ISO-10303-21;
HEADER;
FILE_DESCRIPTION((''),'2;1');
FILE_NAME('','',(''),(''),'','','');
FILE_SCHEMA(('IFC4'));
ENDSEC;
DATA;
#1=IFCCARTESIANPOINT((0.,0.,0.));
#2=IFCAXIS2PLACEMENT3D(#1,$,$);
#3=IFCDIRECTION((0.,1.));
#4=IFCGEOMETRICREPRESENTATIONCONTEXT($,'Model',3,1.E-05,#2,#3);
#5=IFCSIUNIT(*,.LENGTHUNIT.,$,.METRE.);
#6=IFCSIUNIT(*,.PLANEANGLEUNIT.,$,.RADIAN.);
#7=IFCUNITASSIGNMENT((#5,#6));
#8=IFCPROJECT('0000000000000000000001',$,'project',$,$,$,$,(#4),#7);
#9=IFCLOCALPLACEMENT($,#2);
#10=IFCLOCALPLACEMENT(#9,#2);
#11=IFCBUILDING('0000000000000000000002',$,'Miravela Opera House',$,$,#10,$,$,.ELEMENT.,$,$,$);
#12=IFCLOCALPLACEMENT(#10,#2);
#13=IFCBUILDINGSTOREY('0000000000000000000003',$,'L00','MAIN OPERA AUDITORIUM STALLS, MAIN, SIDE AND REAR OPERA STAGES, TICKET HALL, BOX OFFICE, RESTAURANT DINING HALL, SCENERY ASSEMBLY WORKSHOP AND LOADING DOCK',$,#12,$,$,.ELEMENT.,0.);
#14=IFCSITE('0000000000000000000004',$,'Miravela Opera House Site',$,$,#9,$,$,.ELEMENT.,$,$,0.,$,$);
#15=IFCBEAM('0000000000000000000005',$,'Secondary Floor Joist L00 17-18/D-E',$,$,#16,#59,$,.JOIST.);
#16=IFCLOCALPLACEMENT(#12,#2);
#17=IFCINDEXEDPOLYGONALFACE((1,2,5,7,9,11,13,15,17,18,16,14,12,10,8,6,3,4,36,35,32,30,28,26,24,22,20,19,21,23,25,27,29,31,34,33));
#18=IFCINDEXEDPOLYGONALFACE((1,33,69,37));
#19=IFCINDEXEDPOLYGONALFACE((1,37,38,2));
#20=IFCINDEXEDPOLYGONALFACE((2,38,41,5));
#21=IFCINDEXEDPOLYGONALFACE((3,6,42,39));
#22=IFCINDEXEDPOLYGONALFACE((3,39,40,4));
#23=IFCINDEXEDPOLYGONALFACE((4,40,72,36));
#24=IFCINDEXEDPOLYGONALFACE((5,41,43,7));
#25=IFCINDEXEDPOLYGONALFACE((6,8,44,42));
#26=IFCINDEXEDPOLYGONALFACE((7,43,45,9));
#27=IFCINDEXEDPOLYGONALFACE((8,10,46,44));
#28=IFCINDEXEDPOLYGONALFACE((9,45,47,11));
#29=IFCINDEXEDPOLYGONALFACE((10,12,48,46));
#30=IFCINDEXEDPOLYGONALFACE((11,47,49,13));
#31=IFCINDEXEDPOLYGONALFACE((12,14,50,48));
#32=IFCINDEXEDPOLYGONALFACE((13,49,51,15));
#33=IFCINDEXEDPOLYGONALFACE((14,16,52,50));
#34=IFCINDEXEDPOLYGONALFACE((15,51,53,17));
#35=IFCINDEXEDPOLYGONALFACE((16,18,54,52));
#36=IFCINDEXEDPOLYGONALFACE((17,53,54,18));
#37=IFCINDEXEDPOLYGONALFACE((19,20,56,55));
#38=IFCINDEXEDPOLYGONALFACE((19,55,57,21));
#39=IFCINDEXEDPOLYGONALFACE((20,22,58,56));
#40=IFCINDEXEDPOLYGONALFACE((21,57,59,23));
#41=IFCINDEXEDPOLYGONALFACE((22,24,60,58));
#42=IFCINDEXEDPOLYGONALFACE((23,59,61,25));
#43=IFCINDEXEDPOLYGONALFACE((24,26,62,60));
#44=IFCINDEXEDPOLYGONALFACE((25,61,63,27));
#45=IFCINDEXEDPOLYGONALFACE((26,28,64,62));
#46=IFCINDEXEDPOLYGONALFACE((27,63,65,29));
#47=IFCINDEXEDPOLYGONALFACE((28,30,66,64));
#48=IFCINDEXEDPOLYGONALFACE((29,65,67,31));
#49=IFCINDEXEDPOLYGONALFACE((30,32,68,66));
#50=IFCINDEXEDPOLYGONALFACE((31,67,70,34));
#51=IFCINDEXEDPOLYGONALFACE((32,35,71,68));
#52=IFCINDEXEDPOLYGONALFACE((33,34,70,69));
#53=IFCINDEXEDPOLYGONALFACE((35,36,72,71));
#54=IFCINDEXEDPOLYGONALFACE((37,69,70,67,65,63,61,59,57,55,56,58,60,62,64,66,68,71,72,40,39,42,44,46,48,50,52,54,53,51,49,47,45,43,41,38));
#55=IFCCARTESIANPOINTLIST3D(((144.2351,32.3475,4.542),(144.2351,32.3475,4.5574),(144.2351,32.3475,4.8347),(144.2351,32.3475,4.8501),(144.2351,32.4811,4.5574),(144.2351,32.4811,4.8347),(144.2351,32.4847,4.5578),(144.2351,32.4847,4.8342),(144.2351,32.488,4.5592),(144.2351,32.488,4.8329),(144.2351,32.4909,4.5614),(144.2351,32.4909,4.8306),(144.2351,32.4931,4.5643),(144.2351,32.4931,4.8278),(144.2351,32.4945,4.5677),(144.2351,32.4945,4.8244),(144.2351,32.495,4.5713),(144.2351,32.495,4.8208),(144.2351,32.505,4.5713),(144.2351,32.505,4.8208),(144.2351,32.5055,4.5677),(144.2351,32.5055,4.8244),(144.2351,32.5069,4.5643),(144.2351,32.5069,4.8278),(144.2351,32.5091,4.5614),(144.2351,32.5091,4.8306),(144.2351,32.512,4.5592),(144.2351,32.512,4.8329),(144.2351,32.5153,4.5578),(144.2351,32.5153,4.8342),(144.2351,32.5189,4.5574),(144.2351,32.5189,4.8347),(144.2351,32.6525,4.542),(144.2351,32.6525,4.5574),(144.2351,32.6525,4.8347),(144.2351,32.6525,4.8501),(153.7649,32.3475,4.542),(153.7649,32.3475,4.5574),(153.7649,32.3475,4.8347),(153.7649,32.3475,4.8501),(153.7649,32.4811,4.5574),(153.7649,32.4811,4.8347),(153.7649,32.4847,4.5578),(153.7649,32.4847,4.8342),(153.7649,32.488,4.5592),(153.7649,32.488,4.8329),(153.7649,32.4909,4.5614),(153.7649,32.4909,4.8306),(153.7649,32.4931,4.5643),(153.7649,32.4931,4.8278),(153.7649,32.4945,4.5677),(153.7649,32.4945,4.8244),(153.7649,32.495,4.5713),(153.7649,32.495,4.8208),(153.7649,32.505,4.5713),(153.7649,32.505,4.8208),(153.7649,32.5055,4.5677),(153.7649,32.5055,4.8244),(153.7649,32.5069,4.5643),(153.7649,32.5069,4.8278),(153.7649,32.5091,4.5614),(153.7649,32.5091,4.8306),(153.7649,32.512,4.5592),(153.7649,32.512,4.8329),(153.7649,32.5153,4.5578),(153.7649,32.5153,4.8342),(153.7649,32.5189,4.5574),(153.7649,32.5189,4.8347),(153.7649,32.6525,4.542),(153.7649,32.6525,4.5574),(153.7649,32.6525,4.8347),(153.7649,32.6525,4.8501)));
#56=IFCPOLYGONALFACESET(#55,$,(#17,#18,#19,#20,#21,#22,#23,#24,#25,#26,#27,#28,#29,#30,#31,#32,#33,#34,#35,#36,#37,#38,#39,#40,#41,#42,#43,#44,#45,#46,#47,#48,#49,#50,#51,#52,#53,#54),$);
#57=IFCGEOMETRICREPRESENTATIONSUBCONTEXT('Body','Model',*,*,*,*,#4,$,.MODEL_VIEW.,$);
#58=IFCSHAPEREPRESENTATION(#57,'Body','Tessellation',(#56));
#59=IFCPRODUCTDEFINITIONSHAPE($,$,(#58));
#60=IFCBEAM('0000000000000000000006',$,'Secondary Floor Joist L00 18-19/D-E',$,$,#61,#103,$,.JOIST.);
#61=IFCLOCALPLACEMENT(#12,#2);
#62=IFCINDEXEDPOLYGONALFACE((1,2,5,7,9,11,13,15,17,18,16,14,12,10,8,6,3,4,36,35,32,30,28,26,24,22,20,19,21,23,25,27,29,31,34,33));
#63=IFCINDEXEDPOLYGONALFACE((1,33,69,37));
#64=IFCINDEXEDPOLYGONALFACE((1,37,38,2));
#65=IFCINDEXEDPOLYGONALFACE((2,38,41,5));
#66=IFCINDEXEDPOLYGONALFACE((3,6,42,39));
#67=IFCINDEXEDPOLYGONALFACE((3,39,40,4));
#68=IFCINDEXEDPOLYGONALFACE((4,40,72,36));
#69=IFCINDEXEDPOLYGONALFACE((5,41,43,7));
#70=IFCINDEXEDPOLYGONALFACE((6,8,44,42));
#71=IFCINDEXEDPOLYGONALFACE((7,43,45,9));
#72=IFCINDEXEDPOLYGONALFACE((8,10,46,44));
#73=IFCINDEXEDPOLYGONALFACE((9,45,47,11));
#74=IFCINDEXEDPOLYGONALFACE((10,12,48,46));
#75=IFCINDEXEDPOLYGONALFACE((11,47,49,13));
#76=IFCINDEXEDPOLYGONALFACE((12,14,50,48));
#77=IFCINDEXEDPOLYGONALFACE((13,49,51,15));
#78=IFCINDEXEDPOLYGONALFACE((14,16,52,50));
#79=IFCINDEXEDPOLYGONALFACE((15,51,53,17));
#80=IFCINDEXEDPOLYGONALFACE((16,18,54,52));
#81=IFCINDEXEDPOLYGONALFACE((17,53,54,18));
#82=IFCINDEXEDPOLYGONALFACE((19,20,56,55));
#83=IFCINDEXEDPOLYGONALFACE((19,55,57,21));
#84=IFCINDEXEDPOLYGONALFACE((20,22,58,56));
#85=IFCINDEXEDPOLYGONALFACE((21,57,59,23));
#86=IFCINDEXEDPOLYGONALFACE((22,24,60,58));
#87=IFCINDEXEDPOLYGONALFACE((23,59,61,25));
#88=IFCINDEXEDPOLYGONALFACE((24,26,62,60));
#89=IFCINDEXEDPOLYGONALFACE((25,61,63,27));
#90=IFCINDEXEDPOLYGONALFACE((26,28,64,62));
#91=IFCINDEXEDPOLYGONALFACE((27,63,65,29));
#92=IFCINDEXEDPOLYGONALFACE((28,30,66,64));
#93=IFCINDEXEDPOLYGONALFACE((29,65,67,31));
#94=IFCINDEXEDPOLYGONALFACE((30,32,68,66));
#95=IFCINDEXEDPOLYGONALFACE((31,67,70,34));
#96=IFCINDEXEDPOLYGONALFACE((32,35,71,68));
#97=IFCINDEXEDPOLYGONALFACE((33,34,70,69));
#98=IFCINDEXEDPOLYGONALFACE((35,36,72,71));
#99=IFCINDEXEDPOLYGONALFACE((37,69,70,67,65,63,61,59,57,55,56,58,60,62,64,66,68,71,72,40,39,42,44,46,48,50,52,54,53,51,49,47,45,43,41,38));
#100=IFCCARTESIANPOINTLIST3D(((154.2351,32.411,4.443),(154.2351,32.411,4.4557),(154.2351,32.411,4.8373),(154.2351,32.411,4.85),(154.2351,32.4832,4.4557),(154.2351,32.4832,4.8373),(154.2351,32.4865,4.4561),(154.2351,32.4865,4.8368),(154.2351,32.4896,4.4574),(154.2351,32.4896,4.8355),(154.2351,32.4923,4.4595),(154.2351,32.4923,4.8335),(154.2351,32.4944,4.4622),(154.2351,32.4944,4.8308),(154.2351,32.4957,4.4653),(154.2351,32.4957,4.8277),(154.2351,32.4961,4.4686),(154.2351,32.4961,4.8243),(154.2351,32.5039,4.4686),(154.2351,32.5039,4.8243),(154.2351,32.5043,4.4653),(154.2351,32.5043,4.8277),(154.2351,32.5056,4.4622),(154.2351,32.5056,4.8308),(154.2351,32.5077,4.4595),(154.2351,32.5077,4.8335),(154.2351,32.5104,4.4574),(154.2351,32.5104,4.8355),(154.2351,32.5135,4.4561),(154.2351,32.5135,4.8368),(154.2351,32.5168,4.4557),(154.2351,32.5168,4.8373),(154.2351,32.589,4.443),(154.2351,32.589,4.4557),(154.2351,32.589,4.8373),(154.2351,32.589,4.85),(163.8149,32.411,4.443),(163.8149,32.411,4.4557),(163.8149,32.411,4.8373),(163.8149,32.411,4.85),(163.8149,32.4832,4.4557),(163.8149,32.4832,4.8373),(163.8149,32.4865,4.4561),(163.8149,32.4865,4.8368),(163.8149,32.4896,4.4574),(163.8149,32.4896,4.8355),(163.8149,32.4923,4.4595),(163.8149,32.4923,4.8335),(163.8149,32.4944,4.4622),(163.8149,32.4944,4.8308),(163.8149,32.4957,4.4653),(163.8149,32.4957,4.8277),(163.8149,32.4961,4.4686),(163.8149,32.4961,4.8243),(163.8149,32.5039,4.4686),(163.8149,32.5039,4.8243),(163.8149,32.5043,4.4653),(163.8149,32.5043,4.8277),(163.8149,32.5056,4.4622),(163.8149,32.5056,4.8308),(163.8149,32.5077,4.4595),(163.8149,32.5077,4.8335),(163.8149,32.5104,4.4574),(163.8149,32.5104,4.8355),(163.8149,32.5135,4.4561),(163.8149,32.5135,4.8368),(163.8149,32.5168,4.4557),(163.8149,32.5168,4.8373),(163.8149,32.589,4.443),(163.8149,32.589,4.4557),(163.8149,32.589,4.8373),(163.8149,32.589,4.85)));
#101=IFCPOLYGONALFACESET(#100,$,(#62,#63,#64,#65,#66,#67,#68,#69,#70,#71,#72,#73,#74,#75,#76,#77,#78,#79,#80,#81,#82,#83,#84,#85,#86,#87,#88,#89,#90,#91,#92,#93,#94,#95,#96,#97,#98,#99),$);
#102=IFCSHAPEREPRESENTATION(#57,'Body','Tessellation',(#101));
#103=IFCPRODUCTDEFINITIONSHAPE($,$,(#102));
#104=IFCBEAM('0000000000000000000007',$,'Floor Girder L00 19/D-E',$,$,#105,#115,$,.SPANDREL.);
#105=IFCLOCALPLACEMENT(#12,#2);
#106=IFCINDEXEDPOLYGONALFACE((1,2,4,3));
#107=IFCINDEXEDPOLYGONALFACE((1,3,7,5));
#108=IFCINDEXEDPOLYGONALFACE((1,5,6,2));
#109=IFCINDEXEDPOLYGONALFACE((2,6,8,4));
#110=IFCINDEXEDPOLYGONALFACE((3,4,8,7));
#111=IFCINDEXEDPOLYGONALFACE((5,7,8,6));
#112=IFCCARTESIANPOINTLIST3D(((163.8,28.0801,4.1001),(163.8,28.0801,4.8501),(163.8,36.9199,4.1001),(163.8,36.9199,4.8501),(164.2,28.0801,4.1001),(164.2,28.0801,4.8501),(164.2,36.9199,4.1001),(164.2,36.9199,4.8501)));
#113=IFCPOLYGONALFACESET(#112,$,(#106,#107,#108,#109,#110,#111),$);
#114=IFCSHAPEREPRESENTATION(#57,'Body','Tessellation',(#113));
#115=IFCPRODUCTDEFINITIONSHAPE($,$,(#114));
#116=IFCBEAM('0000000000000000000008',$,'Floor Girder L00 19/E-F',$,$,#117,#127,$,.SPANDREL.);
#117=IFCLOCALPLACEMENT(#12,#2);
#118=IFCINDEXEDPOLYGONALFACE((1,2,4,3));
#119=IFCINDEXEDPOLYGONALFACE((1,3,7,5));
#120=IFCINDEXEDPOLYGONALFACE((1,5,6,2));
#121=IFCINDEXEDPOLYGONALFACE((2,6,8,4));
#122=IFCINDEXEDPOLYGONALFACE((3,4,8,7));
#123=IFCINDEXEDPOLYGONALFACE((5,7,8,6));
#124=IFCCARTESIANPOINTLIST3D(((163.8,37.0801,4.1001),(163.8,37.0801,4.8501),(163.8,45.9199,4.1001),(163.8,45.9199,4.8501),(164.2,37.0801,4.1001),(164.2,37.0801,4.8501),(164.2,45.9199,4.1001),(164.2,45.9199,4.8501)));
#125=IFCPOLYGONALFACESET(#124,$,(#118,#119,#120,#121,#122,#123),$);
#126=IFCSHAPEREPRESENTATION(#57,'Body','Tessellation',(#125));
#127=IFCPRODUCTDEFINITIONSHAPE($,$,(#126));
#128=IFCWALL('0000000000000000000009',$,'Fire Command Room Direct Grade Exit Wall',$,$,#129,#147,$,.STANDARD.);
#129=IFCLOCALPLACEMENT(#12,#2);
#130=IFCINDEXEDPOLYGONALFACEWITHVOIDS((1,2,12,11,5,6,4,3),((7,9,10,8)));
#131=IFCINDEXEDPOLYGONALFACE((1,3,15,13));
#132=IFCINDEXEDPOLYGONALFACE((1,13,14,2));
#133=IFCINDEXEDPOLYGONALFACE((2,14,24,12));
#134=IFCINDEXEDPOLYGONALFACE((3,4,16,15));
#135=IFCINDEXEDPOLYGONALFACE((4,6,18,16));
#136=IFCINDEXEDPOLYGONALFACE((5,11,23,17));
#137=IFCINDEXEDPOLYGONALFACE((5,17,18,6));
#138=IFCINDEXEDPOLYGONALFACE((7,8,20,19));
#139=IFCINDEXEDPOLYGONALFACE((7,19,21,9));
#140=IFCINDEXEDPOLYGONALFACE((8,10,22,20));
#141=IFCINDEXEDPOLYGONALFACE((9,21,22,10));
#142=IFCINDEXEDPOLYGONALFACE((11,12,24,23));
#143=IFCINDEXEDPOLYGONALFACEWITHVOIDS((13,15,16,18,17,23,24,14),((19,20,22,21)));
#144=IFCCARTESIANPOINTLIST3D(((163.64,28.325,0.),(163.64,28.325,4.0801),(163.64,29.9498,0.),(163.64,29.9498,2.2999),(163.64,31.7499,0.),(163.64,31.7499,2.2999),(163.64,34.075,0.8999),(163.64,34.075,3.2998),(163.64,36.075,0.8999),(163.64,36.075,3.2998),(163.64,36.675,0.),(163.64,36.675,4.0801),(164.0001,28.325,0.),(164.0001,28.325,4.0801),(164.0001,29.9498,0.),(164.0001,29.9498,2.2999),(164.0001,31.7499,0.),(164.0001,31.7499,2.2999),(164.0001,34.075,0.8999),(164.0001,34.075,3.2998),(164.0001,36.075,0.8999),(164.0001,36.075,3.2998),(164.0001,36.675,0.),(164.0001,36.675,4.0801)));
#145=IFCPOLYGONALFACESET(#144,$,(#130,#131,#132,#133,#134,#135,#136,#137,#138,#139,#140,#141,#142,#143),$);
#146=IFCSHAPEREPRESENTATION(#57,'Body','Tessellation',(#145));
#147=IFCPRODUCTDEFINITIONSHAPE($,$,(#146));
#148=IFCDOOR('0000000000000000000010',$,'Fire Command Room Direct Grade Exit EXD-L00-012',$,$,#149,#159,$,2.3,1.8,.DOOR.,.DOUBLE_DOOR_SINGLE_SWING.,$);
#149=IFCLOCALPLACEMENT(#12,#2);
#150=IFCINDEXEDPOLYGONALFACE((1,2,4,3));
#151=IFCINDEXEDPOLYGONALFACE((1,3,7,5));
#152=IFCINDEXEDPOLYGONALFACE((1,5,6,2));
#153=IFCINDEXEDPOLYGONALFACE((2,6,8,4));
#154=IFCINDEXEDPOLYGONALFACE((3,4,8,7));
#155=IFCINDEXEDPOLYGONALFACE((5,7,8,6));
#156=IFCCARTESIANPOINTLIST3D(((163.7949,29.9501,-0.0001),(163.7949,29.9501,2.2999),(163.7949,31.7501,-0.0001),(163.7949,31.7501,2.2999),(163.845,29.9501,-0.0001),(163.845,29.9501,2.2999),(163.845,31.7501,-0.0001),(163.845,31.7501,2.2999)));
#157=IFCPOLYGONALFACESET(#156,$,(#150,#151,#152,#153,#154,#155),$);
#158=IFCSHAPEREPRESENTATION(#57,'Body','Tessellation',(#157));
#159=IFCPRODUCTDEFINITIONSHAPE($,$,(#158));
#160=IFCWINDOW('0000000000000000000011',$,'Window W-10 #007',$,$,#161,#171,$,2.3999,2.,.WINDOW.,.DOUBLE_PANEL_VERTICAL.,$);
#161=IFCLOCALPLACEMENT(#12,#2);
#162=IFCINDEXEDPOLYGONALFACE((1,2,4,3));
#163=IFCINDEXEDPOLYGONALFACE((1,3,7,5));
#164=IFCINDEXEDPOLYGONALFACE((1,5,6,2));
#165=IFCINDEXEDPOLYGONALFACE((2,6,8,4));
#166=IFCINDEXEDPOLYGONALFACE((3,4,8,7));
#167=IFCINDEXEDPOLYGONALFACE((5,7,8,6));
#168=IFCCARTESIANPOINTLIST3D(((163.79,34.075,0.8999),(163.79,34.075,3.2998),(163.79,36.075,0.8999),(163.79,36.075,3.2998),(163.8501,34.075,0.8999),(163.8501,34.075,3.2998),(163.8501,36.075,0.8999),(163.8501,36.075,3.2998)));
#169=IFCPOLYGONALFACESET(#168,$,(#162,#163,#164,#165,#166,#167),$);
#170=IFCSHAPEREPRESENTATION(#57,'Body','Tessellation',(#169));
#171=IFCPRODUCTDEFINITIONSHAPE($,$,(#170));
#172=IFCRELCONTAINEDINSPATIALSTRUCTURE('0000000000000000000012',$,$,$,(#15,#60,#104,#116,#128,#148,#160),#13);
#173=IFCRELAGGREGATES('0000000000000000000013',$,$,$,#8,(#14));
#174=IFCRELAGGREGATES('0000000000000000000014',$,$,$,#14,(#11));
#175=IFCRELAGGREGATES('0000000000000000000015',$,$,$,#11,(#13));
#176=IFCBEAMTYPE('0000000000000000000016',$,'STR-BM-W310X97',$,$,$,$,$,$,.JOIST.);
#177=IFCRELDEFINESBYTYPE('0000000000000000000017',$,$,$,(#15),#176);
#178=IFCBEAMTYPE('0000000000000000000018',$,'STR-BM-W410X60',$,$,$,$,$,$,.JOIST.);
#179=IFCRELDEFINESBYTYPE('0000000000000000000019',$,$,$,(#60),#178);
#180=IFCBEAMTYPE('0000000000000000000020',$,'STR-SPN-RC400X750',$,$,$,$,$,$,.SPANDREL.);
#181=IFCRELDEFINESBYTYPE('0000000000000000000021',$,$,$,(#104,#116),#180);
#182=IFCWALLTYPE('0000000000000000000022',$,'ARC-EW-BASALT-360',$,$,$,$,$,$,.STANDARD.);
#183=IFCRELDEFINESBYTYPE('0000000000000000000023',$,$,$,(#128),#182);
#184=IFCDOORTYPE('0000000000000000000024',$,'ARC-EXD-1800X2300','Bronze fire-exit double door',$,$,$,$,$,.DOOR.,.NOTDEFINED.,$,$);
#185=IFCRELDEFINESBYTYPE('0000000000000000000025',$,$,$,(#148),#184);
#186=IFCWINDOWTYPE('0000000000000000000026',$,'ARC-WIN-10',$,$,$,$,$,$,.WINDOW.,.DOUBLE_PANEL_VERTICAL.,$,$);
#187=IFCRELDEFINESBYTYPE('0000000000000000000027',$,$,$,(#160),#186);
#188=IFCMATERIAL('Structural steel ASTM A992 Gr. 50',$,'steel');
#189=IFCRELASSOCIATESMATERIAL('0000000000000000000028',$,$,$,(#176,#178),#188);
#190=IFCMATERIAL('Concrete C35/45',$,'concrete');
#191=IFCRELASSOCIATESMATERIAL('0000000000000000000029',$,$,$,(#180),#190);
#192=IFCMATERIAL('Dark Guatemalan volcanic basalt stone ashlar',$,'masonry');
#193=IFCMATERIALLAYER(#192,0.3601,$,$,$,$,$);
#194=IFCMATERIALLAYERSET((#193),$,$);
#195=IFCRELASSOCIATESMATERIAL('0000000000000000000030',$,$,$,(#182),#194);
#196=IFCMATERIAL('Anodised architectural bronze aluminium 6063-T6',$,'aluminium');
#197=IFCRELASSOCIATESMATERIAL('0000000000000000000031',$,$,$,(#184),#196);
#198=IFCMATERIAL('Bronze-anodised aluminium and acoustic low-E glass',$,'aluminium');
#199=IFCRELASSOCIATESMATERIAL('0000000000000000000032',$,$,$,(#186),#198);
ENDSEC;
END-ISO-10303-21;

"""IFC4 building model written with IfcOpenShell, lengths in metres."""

from ifc_helpers import new_model, si_unit, direction, frame, frame_2d, origin, origin_2d, place, context, subcontext, project, spatial, rectangle, i_section, extrude, material, layer, layer_set, material_profile, profile_set, type_object, element, fill, save


model = new_model("IFC4")

# Units and contexts
model_context = context("Model", 3, precision=1e-05, world=origin(), true_north=direction((0.0, 1.0)))
body_context = subcontext(model_context, "Body", "Model", "MODEL_VIEW")
ifc_project = project(units=[si_unit("LENGTHUNIT", "METRE"), si_unit("PLANEANGLEUNIT", "RADIAN")], contexts=[model_context])

# Site, building, storey
site_placement = place(None, origin())
site = spatial("IfcSite", under=ifc_project, at=site_placement, Name="Miravela Opera House Site", CompositionType="ELEMENT", RefElevation=0.0)
building_placement = place(site_placement, origin())
building = spatial("IfcBuilding", under=site, at=building_placement, Name="Miravela Opera House", CompositionType="ELEMENT")
storey_placement = place(building_placement, origin())
storey = spatial("IfcBuildingStorey", under=building, at=storey_placement, Name="L00", Description="MAIN OPERA AUDITORIUM STALLS, MAIN, SIDE AND REAR OPERA STAGES, TICKET HALL, BOX OFFICE, RESTAURANT DINING HALL, SCENERY ASSEMBLY WORKSHOP AND LOADING DOCK", CompositionType="ELEMENT", Elevation=0.0)

# Shared definitions
ifc_material_1 = material(Name="Concrete C35/45", Category="concrete")

# Beams
ifc_material_2 = material(Name="Structural steel ASTM A992 Gr. 50", Category="steel")
ifc_material_profile_1 = material_profile(ifc_material_2, i_section(OverallWidth=0.3049, OverallDepth=0.3081, WebThickness=0.01, FlangeThickness=0.0154, FilletRadius=0.0139, at=origin_2d()), Name="W310X97")
ifc_profile_set_1 = profile_set([ifc_material_profile_1])
beam_type_1 = type_object("IfcBeamType", Name="STR-BM-W310X97", PredefinedType="JOIST", material=ifc_profile_set_1)
beam_1_placement = place(storey_placement, frame((144.2351, 32.5, 4.696), z_axis=(1.0, 0.0, 0.0), x_axis=(0.0, 1.0, 0.0)))
element("IfcBeam", 1, at=beam_1_placement, inside=storey, type_object=beam_type_1, Name="Secondary Floor Joist L00 17-18/D-E", PredefinedType="JOIST", context=body_context, shape_type="SweptSolid", body=[
    extrude(i_section(OverallWidth=0.3049, OverallDepth=0.3081, WebThickness=0.01, FlangeThickness=0.0154, FilletRadius=0.0139, at=origin_2d()), origin(), (0.0, 0.0, 1.0), 9.5298),
])
ifc_material_profile_2 = material_profile(ifc_material_2, i_section(OverallWidth=0.178, OverallDepth=0.407, WebThickness=0.0078, FlangeThickness=0.0127, FilletRadius=0.0129, at=origin_2d()), Name="W410X60")
ifc_profile_set_2 = profile_set([ifc_material_profile_2])
beam_type_2 = type_object("IfcBeamType", Name="STR-BM-W410X60", PredefinedType="JOIST", material=ifc_profile_set_2)
beam_2_placement = place(storey_placement, frame((154.2351, 32.5, 4.6465), z_axis=(1.0, 0.0, 0.0), x_axis=(0.0, 1.0, 0.0)))
element("IfcBeam", 2, at=beam_2_placement, inside=storey, type_object=beam_type_2, Name="Secondary Floor Joist L00 18-19/D-E", PredefinedType="JOIST", context=body_context, shape_type="SweptSolid", body=[
    extrude(i_section(OverallWidth=0.178, OverallDepth=0.407, WebThickness=0.0078, FlangeThickness=0.0127, FilletRadius=0.0129, at=origin_2d()), origin(), (0.0, 0.0, 1.0), 9.5798),
])
ifc_material_profile_3 = material_profile(ifc_material_1, rectangle(XDim=0.3999, YDim=0.75, at=origin_2d()), Name="RC-SPN-400X750")
ifc_profile_set_3 = profile_set([ifc_material_profile_3])
beam_type_3 = type_object("IfcBeamType", Name="STR-SPN-RC400X750", PredefinedType="SPANDREL", material=ifc_profile_set_3)
for number, where, z_axis, x_axis, name in (
    (3, (164.0, 28.0801, 4.4751), (0.0, 1.0, 0.0), (-1.0, 0.0, 0.0), "Floor Girder L00 19/D-E"),
    (4, (164.0, 37.0801, 4.4751), (0.0, 1.0, 0.0), (-1.0, 0.0, 0.0), "Floor Girder L00 19/E-F"),
):
    element("IfcBeam", number, at=place(storey_placement, frame(where, z_axis=z_axis, x_axis=x_axis)), inside=storey, type_object=beam_type_3, Name=name, PredefinedType="SPANDREL", context=body_context, shape_type="SweptSolid", body=[
        extrude(rectangle(XDim=0.3999, YDim=0.75, at=origin_2d()), origin(), (0.0, 0.0, 1.0), 8.8398),
    ])

# Wall, openings, door, window
ifc_material_3 = material(Name="Dark Guatemalan volcanic basalt stone ashlar", Category="masonry")
ifc_layer_1 = layer(ifc_material_3, 0.3601)
ifc_layer_set_1 = layer_set([ifc_layer_1])
wall_type_1 = type_object("IfcWallType", Name="ARC-EW-BASALT-360", PredefinedType="STANDARD", material=ifc_layer_set_1)
wall_1_placement = place(storey_placement, frame((163.8201, 28.325, 0.0), z_axis=(0.0, 0.0, 1.0), x_axis=(0.0, 1.0, 0.0)))
wall_1 = element("IfcWall", 5, at=wall_1_placement, inside=storey, type_object=wall_type_1, Name="Fire Command Room Direct Grade Exit Wall", PredefinedType="STANDARD", context=body_context, shape_type="SweptSolid", body=[
    extrude(rectangle(XDim=8.3501, YDim=0.3601, at=frame_2d((4.175, 0.0))), origin(), (0.0, 0.0, 1.0), 4.0801),
])
opening_1_placement = place(wall_1_placement, frame((1.625, 0.0, 0.0)))
opening_1 = element("IfcOpeningElement", 6, at=opening_1_placement, cuts=wall_1, PredefinedType="OPENING", context=body_context, shape_type="SweptSolid", body=[
    extrude(rectangle(XDim=1.8, YDim=2.3, at=frame_2d((0.8999, 1.1499))), frame((0.0, 0.1899, 0.0), z_axis=(0.0, -1.0, 0.0), x_axis=(1.0, 0.0, 0.0)), (0.0, 0.0, 1.0), 0.3801),
])
opening_2_placement = place(wall_1_placement, frame((5.75, 0.0, 0.8999)))
opening_2 = element("IfcOpeningElement", 7, at=opening_2_placement, cuts=wall_1, PredefinedType="OPENING", context=body_context, shape_type="SweptSolid", body=[
    extrude(rectangle(XDim=2.0, YDim=2.3999, at=frame_2d((1.0, 1.2))), frame((0.0, 0.1899, 0.0), z_axis=(0.0, -1.0, 0.0), x_axis=(1.0, 0.0, 0.0)), (0.0, 0.0, 1.0), 0.3801),
])
ifc_material_4 = material(Name="Anodised architectural bronze aluminium 6063-T6", Category="aluminium")
door_type_1 = type_object("IfcDoorType", Name="ARC-EXD-1800X2300", Description="Bronze fire-exit double door", OperationType="NOTDEFINED", PredefinedType="DOOR", material=ifc_material_4)
door_1_placement = place(opening_1_placement, frame((1.8, 0.0, 0.0), z_axis=(0.0, 0.0, 1.0), x_axis=(-1.0, 0.0, 0.0)))
door_1 = element("IfcDoor", 8, at=door_1_placement, inside=storey, type_object=door_type_1, Name="Fire Command Room Direct Grade Exit EXD-L00-012", OperationType="DOUBLE_DOOR_SINGLE_SWING", OverallHeight=2.3, OverallWidth=1.8, PredefinedType="DOOR", context=body_context, shape_type="SweptSolid", body=[
    extrude(rectangle(XDim=1.8, YDim=2.3, at=frame_2d((0.8999, 1.1499))), frame((0.0, 0.0249, 0.0), z_axis=(0.0, -1.0, 0.0), x_axis=(1.0, 0.0, 0.0)), (0.0, 0.0, 1.0), 0.05),
])
fill(opening_1, door_1)
ifc_material_5 = material(Name="Bronze-anodised aluminium and acoustic low-E glass", Category="aluminium")
window_type = type_object("IfcWindowType", Name="ARC-WIN-10", PartitioningType="DOUBLE_PANEL_VERTICAL", PredefinedType="WINDOW", material=ifc_material_5)
window_placement = place(opening_2_placement, origin())
window = element("IfcWindow", 9, at=window_placement, inside=storey, type_object=window_type, Name="Window W-10 #007", OverallHeight=2.3999, OverallWidth=2.0, PartitioningType="DOUBLE_PANEL_VERTICAL", PredefinedType="WINDOW", context=body_context, shape_type="SweptSolid", body=[
    extrude(rectangle(XDim=2.0, YDim=2.3999, at=frame_2d((1.0, 1.2))), frame((0.0, 0.03, 0.0), z_axis=(0.0, -1.0, 0.0), x_axis=(1.0, 0.0, 0.0)), (0.0, 0.0, 1.0), 0.0601),
])
fill(opening_2, window)

save(model, "model.ifc")
